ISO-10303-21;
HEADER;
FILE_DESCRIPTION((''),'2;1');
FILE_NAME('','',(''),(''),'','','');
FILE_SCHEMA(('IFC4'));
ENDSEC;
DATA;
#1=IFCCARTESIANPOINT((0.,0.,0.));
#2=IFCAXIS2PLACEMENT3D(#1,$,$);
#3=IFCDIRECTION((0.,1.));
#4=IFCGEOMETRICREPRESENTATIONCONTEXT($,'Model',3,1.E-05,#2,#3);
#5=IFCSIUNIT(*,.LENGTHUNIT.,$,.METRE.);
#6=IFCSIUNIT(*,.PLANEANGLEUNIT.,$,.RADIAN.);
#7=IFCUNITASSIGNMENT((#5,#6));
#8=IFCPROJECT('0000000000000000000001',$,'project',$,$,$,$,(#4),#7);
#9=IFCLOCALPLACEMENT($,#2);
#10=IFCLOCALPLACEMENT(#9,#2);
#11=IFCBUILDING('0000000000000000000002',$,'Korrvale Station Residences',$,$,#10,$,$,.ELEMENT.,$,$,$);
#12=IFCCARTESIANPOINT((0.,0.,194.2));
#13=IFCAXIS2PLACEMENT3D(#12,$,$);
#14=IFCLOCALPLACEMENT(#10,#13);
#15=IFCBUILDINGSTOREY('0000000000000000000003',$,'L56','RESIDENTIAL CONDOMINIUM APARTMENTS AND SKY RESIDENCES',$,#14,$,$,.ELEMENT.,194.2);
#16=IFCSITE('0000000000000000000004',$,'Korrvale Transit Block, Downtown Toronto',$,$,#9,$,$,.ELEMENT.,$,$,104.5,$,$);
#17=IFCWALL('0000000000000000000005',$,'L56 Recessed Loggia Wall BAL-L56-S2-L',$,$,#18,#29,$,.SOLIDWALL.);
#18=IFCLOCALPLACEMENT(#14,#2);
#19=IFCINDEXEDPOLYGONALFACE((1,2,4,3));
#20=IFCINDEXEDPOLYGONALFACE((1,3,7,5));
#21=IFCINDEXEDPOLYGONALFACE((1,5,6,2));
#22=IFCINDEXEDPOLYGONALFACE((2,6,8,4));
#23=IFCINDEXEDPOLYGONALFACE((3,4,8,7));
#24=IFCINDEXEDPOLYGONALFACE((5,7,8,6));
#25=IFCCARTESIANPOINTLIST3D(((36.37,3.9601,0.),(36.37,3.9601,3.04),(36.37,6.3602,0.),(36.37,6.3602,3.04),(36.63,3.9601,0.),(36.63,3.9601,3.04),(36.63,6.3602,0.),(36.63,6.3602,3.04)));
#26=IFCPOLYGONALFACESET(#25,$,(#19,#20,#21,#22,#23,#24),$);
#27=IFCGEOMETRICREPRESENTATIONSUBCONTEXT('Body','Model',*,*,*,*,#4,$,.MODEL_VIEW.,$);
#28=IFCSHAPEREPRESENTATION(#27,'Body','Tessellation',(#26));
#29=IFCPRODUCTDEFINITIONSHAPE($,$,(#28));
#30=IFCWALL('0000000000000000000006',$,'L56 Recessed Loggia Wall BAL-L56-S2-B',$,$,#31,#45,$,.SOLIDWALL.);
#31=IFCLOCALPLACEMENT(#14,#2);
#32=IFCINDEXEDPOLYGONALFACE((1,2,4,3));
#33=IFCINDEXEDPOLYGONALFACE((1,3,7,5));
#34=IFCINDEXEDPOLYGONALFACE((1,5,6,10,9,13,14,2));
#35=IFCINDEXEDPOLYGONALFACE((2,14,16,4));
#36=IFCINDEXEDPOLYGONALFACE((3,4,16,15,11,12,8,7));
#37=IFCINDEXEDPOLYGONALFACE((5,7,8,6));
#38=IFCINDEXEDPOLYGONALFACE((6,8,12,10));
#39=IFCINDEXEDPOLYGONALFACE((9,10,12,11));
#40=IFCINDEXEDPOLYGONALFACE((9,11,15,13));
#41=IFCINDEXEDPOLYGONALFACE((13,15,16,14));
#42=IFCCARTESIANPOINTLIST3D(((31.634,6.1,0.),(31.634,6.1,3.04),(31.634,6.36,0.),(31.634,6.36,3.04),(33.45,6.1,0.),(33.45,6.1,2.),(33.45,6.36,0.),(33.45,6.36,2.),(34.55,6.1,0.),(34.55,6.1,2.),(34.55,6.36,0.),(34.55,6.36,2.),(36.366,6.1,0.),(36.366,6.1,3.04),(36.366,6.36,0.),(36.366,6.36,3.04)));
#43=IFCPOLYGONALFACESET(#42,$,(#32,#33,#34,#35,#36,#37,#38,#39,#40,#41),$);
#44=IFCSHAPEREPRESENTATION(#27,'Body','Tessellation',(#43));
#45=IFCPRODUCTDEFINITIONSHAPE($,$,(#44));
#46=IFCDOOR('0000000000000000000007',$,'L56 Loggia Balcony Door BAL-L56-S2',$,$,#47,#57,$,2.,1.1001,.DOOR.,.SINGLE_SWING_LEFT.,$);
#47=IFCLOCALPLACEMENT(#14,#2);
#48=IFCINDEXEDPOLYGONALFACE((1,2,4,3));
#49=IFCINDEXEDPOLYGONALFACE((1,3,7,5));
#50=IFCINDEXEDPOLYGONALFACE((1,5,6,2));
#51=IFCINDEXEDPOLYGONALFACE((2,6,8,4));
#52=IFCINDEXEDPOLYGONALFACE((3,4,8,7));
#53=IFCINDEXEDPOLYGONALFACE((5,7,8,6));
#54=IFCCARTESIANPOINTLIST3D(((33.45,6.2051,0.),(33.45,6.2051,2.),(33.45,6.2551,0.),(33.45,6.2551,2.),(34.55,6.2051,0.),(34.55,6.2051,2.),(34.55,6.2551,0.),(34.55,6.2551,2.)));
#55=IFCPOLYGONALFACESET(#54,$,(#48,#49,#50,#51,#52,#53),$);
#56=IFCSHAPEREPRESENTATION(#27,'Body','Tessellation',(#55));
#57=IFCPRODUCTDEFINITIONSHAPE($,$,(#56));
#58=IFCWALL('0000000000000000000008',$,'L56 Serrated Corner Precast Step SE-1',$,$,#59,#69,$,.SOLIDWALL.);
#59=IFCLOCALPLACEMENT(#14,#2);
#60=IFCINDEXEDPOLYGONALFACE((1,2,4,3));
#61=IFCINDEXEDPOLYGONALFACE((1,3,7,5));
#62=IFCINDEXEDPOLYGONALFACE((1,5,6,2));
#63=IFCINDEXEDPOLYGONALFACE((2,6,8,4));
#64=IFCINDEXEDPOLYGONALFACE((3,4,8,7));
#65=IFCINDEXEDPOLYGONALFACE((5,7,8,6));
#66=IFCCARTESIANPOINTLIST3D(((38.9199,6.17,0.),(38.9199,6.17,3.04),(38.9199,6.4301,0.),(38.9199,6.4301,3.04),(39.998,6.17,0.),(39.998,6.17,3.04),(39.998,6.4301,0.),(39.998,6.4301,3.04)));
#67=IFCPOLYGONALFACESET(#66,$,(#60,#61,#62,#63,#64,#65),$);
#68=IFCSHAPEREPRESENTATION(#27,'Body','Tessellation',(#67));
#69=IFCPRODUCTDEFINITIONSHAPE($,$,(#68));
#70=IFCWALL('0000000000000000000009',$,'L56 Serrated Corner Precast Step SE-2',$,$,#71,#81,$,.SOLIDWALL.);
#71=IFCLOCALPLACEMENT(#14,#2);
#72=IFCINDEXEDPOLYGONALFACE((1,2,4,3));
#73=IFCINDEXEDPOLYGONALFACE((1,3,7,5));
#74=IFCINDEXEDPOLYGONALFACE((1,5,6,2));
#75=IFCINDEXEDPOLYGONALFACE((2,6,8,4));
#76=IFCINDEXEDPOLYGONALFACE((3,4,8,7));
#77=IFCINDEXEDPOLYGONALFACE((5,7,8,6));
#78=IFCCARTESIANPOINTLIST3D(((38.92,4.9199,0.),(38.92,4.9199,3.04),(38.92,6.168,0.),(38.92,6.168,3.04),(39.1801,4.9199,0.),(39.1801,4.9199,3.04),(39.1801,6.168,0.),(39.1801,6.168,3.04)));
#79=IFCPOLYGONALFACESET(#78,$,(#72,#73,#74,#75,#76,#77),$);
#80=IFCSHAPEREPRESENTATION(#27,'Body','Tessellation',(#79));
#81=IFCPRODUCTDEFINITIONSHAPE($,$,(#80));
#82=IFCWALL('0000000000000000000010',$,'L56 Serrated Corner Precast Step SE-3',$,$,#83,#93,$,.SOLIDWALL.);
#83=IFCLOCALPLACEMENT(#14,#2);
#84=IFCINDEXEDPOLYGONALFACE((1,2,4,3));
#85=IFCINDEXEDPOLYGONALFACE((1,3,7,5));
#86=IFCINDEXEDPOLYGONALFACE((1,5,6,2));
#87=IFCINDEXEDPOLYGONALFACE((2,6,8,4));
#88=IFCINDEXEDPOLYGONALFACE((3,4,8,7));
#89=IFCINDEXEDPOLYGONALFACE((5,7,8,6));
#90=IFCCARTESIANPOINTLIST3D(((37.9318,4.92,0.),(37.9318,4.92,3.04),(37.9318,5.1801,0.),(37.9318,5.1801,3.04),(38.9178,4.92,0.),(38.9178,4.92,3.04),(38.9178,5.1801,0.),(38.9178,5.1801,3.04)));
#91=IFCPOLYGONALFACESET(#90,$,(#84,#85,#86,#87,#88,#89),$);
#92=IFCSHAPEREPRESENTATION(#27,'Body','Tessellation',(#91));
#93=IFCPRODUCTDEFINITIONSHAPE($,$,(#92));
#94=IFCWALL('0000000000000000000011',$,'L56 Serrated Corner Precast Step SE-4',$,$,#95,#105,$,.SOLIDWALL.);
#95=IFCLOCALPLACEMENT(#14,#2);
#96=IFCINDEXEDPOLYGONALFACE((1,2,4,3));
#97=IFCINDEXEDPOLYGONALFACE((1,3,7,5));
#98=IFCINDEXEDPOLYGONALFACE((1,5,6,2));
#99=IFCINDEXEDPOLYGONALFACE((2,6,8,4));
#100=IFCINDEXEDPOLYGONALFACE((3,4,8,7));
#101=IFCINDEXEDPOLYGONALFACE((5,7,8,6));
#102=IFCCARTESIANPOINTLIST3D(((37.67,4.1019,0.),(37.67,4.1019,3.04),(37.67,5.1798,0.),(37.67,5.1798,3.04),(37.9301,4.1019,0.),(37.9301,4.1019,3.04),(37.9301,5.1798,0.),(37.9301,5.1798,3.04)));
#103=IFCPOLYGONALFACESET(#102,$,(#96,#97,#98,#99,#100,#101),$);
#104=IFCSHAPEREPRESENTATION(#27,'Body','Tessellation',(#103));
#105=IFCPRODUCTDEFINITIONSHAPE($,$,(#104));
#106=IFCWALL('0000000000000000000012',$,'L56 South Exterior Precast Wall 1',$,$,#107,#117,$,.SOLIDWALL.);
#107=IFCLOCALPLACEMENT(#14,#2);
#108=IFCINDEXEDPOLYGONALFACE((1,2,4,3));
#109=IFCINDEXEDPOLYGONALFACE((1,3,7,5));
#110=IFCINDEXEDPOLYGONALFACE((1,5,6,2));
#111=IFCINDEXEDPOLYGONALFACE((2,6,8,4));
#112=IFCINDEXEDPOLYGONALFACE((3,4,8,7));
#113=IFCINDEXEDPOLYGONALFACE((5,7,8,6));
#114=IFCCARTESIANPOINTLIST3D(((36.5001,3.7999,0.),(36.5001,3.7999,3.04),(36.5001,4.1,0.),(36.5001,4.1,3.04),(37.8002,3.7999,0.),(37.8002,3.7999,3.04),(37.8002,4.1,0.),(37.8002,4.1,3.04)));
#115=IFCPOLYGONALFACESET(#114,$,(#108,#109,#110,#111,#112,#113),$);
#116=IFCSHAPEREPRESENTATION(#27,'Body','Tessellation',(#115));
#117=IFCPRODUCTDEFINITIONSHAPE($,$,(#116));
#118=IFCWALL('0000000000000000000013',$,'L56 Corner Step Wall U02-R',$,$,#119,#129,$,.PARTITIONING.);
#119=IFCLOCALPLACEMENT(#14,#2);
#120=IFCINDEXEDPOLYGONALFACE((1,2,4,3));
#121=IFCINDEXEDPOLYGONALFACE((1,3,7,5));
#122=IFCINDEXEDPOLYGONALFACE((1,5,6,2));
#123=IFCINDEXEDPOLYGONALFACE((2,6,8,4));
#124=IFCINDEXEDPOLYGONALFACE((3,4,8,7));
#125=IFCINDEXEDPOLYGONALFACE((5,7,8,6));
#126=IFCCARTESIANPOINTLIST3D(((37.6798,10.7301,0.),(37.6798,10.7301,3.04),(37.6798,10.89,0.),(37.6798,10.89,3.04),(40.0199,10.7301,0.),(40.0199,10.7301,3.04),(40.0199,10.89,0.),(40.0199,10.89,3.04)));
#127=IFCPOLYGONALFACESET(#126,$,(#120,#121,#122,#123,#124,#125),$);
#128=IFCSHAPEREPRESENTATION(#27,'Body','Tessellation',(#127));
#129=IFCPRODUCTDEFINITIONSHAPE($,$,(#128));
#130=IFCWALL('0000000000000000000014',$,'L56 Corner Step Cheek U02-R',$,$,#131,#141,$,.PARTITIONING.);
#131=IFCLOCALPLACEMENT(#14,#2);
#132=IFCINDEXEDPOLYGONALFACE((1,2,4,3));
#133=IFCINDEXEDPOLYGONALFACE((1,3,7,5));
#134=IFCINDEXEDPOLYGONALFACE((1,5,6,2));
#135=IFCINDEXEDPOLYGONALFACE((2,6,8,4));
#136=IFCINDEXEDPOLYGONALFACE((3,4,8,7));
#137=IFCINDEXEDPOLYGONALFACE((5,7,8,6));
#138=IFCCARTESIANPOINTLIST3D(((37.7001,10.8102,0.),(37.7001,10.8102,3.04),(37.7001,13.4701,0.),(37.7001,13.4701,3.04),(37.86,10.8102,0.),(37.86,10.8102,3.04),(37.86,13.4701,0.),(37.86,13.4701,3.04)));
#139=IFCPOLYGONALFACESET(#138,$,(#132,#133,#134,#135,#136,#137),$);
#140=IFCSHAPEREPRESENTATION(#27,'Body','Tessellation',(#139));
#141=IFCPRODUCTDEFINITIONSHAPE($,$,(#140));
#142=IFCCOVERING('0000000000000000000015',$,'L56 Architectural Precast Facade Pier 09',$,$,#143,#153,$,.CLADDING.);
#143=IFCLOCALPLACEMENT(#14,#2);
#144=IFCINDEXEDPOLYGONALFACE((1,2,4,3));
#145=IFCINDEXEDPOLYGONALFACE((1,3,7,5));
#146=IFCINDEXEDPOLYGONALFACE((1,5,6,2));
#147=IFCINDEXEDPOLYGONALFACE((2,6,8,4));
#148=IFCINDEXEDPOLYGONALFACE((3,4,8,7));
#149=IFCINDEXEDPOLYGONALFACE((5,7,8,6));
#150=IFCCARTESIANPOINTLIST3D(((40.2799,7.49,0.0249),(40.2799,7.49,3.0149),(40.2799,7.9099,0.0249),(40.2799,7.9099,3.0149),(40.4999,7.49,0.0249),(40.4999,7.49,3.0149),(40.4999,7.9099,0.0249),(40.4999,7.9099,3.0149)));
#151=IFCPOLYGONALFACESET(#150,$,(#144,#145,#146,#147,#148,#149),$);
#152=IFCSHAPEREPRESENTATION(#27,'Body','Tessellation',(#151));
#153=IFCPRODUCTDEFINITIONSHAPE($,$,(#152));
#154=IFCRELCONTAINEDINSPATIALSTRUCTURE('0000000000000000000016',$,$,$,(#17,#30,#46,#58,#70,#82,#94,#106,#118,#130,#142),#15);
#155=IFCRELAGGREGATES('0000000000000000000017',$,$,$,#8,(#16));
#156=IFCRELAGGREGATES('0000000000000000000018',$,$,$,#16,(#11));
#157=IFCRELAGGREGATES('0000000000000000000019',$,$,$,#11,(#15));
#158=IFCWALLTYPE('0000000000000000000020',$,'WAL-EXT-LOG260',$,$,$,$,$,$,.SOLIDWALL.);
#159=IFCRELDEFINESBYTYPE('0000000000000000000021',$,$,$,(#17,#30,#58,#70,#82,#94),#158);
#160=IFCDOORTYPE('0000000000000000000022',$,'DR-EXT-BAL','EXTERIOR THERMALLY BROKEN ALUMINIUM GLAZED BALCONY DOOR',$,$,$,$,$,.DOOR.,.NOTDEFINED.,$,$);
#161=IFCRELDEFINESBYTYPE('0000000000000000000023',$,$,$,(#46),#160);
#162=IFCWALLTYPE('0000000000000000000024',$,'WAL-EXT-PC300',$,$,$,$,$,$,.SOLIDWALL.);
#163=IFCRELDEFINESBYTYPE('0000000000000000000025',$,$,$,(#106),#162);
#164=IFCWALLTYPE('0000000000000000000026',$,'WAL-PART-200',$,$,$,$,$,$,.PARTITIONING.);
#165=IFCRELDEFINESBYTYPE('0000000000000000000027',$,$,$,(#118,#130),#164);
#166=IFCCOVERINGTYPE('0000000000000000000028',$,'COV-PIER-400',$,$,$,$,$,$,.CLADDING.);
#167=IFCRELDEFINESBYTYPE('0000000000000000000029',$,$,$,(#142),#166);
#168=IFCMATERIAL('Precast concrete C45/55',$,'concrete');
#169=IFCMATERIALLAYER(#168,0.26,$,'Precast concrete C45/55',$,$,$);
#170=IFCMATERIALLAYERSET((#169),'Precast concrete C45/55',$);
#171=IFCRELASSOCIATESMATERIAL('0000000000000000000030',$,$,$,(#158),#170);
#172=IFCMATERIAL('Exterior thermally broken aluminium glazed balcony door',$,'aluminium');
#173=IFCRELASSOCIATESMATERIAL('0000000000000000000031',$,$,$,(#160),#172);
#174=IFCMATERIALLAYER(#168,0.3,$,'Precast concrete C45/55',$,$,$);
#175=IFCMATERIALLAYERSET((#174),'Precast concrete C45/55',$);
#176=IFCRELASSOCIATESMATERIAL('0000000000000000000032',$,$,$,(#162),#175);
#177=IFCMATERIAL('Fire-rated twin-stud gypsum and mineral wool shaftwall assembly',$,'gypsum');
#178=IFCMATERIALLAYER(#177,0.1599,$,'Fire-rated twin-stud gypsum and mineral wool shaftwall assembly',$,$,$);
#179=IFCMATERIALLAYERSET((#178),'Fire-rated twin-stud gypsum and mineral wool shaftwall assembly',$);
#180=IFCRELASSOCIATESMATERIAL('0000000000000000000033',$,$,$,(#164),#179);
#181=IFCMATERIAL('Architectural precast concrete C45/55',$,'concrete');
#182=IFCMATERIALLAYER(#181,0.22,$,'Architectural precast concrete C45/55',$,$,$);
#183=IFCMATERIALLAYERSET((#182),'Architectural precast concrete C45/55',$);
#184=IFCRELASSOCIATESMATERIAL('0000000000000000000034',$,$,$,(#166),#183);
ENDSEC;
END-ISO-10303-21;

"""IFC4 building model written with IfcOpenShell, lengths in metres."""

from ifc_helpers import new_model, si_unit, direction, frame, frame_2d, origin, origin_2d, place, context, subcontext, project, spatial, rectangle, extrude, material, layer, layer_set, type_object, element, fill, save


model = new_model("IFC4")

# Units and contexts
model_context = context("Model", 3, precision=1e-05, world=origin(), true_north=direction((0.0, 1.0)))
body_context = subcontext(model_context, "Body", "Model", "MODEL_VIEW")
ifc_project = project(units=[si_unit("LENGTHUNIT", "METRE"), si_unit("PLANEANGLEUNIT", "RADIAN")], contexts=[model_context])

# Site, building, storey
site_placement = place(None, origin())
site = spatial("IfcSite", under=ifc_project, at=site_placement, Name="Korrvale Transit Block, Downtown Toronto", CompositionType="ELEMENT", RefElevation=104.5)
building_placement = place(site_placement, origin())
building = spatial("IfcBuilding", under=site, at=building_placement, Name="Korrvale Station Residences", CompositionType="ELEMENT")
storey_placement = place(building_placement, frame((0.0, 0.0, 194.2)))
storey = spatial("IfcBuildingStorey", under=building, at=storey_placement, Name="L56", Description="RESIDENTIAL CONDOMINIUM APARTMENTS AND SKY RESIDENCES", CompositionType="ELEMENT", Elevation=194.2)

# Wall
ifc_material_1 = material(Name="Precast concrete C45/55", Category="concrete")
ifc_layer_1 = layer(ifc_material_1, 0.26, Name="Precast concrete C45/55")
ifc_layer_set_1 = layer_set([ifc_layer_1], Name="Precast concrete C45/55")
wall_type_1 = type_object("IfcWallType", Name="WAL-EXT-LOG260", PredefinedType="SOLIDWALL", material=ifc_layer_set_1)
wall_1_placement = place(storey_placement, frame((36.5, 3.96, 0.0), z_axis=(0.0, 0.0, 1.0), x_axis=(0.0, 1.0, 0.0)))
element("IfcWall", 1, at=wall_1_placement, inside=storey, type_object=wall_type_1, Name="L56 Recessed Loggia Wall BAL-L56-S2-L", PredefinedType="SOLIDWALL", context=body_context, shape_type="SweptSolid", body=[
    extrude(rectangle(XDim=2.4001, YDim=0.26, at=frame_2d((1.2002, 0.0))), origin(), (0.0, 0.0, 1.0), 3.04),
])

# Wall, opening, door
wall_2_placement = place(storey_placement, frame((36.366, 6.23, 0.0), z_axis=(0.0, 0.0, 1.0), x_axis=(-1.0, 0.0, 0.0)))
wall_2 = element("IfcWall", 2, at=wall_2_placement, inside=storey, type_object=wall_type_1, Name="L56 Recessed Loggia Wall BAL-L56-S2-B", PredefinedType="SOLIDWALL", context=body_context, shape_type="SweptSolid", body=[
    extrude(rectangle(XDim=4.7319, YDim=0.26, at=frame_2d((2.366, 0.0))), origin(), (0.0, 0.0, 1.0), 3.04),
])
opening_placement = place(wall_2_placement, frame((1.8159, 0.0, 0.0)))
opening = element("IfcOpeningElement", 3, at=opening_placement, cuts=wall_2, PredefinedType="OPENING", context=body_context, shape_type="SweptSolid", body=[
    extrude(rectangle(XDim=1.1001, YDim=2.0, at=frame_2d((0.55, 1.0))), frame((0.0, 0.1401, 0.0), z_axis=(0.0, -1.0, 0.0), x_axis=(1.0, 0.0, 0.0)), (0.0, 0.0, 1.0), 0.28),
])
ifc_material_2 = material(Name="Exterior thermally broken aluminium glazed balcony door", Category="aluminium")
door_type = type_object("IfcDoorType", Name="DR-EXT-BAL", Description="EXTERIOR THERMALLY BROKEN ALUMINIUM GLAZED BALCONY DOOR", OperationType="NOTDEFINED", PredefinedType="DOOR", material=ifc_material_2)
door_placement = place(opening_placement, origin())
door = element("IfcDoor", 4, at=door_placement, inside=storey, type_object=door_type, Name="L56 Loggia Balcony Door BAL-L56-S2", OperationType="SINGLE_SWING_LEFT", OverallHeight=2.0, OverallWidth=1.1001, PredefinedType="DOOR", context=body_context, shape_type="SweptSolid", body=[
    extrude(rectangle(XDim=1.1001, YDim=2.0, at=frame_2d((0.55, 1.0))), frame((0.0, 0.0249, 0.0), z_axis=(0.0, -1.0, 0.0), x_axis=(1.0, 0.0, 0.0)), (0.0, 0.0, 1.0), 0.05),
])
fill(opening, door)

# Walls
wall_3_placement = place(storey_placement, frame((39.998, 6.3, 0.0), z_axis=(0.0, 0.0, 1.0), x_axis=(-1.0, 0.0, 0.0)))
element("IfcWall", 5, at=wall_3_placement, inside=storey, type_object=wall_type_1, Name="L56 Serrated Corner Precast Step SE-1", PredefinedType="SOLIDWALL", context=body_context, shape_type="SweptSolid", body=[
    extrude(rectangle(XDim=1.0781, YDim=0.26, at=frame_2d((0.5391, 0.0))), origin(), (0.0, 0.0, 1.0), 3.04),
])
wall_4_placement = place(storey_placement, frame((39.05, 6.168, 0.0), z_axis=(0.0, 0.0, 1.0), x_axis=(0.0, -1.0, 0.0)))
element("IfcWall", 6, at=wall_4_placement, inside=storey, type_object=wall_type_1, Name="L56 Serrated Corner Precast Step SE-2", PredefinedType="SOLIDWALL", context=body_context, shape_type="SweptSolid", body=[
    extrude(rectangle(XDim=1.248, YDim=0.26, at=frame_2d((0.624, 0.0))), origin(), (0.0, 0.0, 1.0), 3.04),
])
wall_5_placement = place(storey_placement, frame((38.918, 5.05, 0.0), z_axis=(0.0, 0.0, 1.0), x_axis=(-1.0, 0.0, 0.0)))
element("IfcWall", 7, at=wall_5_placement, inside=storey, type_object=wall_type_1, Name="L56 Serrated Corner Precast Step SE-3", PredefinedType="SOLIDWALL", context=body_context, shape_type="SweptSolid", body=[
    extrude(rectangle(XDim=0.9861, YDim=0.26, at=frame_2d((0.4932, 0.0))), origin(), (0.0, 0.0, 1.0), 3.04),
])
wall_6_placement = place(storey_placement, frame((37.8, 5.1799, 0.0), z_axis=(0.0, 0.0, 1.0), x_axis=(0.0, -1.0, 0.0)))
element("IfcWall", 8, at=wall_6_placement, inside=storey, type_object=wall_type_1, Name="L56 Serrated Corner Precast Step SE-4", PredefinedType="SOLIDWALL", context=body_context, shape_type="SweptSolid", body=[
    extrude(rectangle(XDim=1.0779, YDim=0.26, at=frame_2d((0.5391, 0.0))), origin(), (0.0, 0.0, 1.0), 3.04),
])
ifc_layer_2 = layer(ifc_material_1, 0.3, Name="Precast concrete C45/55")
ifc_layer_set_2 = layer_set([ifc_layer_2], Name="Precast concrete C45/55")
wall_type_2 = type_object("IfcWallType", Name="WAL-EXT-PC300", PredefinedType="SOLIDWALL", material=ifc_layer_set_2)
wall_7_placement = place(storey_placement, frame((37.8, 3.95, 0.0), z_axis=(0.0, 0.0, 1.0), x_axis=(-1.0, 0.0, 0.0)))
element("IfcWall", 9, at=wall_7_placement, inside=storey, type_object=wall_type_2, Name="L56 South Exterior Precast Wall 1", PredefinedType="SOLIDWALL", context=body_context, shape_type="SweptSolid", body=[
    extrude(rectangle(XDim=1.3, YDim=0.3, at=frame_2d((0.6499, 0.0))), origin(), (0.0, 0.0, 1.0), 3.04),
])
ifc_material_3 = material(Name="Fire-rated twin-stud gypsum and mineral wool shaftwall assembly", Category="gypsum")
ifc_layer_3 = layer(ifc_material_3, 0.1599, Name="Fire-rated twin-stud gypsum and mineral wool shaftwall assembly")
ifc_layer_set_3 = layer_set([ifc_layer_3], Name="Fire-rated twin-stud gypsum and mineral wool shaftwall assembly")
wall_type_3 = type_object("IfcWallType", Name="WAL-PART-200", PredefinedType="PARTITIONING", material=ifc_layer_set_3)
wall_8_placement = place(storey_placement, frame((37.6799, 10.8101, 0.0), z_axis=(0.0, 0.0, 1.0), x_axis=(1.0, 0.0, 0.0)))
element("IfcWall", 10, at=wall_8_placement, inside=storey, type_object=wall_type_3, Name="L56 Corner Step Wall U02-R", PredefinedType="PARTITIONING", context=body_context, shape_type="SweptSolid", body=[
    extrude(rectangle(XDim=2.3401, YDim=0.1599, at=frame_2d((1.1699, 0.0))), origin(), (0.0, 0.0, 1.0), 3.04),
])
wall_9_placement = place(storey_placement, frame((37.78, 10.8101, 0.0), z_axis=(0.0, 0.0, 1.0), x_axis=(0.0, 1.0, 0.0)))
element("IfcWall", 11, at=wall_9_placement, inside=storey, type_object=wall_type_3, Name="L56 Corner Step Cheek U02-R", PredefinedType="PARTITIONING", context=body_context, shape_type="SweptSolid", body=[
    extrude(rectangle(XDim=2.6599, YDim=0.1599, at=frame_2d((1.3301, 0.0))), origin(), (0.0, 0.0, 1.0), 3.04),
])

# Covering
ifc_material_4 = material(Name="Architectural precast concrete C45/55", Category="concrete")
ifc_layer_4 = layer(ifc_material_4, 0.22, Name="Architectural precast concrete C45/55")
ifc_layer_set_4 = layer_set([ifc_layer_4], Name="Architectural precast concrete C45/55")
covering_type = type_object("IfcCoveringType", Name="COV-PIER-400", PredefinedType="CLADDING", material=ifc_layer_set_4)
covering_placement = place(storey_placement, frame((40.3899, 7.7, 0.0249), z_axis=(0.0, 0.0, 1.0), x_axis=(0.0, 1.0, 0.0)))
element("IfcCovering", 12, at=covering_placement, inside=storey, type_object=covering_type, Name="L56 Architectural Precast Facade Pier 09", PredefinedType="CLADDING", context=body_context, shape_type="SweptSolid", body=[
    extrude(rectangle(XDim=0.4199, YDim=0.22, at=origin_2d()), origin(), (0.0, 0.0, 1.0), 2.99),
])

save(model, "model.ifc")
